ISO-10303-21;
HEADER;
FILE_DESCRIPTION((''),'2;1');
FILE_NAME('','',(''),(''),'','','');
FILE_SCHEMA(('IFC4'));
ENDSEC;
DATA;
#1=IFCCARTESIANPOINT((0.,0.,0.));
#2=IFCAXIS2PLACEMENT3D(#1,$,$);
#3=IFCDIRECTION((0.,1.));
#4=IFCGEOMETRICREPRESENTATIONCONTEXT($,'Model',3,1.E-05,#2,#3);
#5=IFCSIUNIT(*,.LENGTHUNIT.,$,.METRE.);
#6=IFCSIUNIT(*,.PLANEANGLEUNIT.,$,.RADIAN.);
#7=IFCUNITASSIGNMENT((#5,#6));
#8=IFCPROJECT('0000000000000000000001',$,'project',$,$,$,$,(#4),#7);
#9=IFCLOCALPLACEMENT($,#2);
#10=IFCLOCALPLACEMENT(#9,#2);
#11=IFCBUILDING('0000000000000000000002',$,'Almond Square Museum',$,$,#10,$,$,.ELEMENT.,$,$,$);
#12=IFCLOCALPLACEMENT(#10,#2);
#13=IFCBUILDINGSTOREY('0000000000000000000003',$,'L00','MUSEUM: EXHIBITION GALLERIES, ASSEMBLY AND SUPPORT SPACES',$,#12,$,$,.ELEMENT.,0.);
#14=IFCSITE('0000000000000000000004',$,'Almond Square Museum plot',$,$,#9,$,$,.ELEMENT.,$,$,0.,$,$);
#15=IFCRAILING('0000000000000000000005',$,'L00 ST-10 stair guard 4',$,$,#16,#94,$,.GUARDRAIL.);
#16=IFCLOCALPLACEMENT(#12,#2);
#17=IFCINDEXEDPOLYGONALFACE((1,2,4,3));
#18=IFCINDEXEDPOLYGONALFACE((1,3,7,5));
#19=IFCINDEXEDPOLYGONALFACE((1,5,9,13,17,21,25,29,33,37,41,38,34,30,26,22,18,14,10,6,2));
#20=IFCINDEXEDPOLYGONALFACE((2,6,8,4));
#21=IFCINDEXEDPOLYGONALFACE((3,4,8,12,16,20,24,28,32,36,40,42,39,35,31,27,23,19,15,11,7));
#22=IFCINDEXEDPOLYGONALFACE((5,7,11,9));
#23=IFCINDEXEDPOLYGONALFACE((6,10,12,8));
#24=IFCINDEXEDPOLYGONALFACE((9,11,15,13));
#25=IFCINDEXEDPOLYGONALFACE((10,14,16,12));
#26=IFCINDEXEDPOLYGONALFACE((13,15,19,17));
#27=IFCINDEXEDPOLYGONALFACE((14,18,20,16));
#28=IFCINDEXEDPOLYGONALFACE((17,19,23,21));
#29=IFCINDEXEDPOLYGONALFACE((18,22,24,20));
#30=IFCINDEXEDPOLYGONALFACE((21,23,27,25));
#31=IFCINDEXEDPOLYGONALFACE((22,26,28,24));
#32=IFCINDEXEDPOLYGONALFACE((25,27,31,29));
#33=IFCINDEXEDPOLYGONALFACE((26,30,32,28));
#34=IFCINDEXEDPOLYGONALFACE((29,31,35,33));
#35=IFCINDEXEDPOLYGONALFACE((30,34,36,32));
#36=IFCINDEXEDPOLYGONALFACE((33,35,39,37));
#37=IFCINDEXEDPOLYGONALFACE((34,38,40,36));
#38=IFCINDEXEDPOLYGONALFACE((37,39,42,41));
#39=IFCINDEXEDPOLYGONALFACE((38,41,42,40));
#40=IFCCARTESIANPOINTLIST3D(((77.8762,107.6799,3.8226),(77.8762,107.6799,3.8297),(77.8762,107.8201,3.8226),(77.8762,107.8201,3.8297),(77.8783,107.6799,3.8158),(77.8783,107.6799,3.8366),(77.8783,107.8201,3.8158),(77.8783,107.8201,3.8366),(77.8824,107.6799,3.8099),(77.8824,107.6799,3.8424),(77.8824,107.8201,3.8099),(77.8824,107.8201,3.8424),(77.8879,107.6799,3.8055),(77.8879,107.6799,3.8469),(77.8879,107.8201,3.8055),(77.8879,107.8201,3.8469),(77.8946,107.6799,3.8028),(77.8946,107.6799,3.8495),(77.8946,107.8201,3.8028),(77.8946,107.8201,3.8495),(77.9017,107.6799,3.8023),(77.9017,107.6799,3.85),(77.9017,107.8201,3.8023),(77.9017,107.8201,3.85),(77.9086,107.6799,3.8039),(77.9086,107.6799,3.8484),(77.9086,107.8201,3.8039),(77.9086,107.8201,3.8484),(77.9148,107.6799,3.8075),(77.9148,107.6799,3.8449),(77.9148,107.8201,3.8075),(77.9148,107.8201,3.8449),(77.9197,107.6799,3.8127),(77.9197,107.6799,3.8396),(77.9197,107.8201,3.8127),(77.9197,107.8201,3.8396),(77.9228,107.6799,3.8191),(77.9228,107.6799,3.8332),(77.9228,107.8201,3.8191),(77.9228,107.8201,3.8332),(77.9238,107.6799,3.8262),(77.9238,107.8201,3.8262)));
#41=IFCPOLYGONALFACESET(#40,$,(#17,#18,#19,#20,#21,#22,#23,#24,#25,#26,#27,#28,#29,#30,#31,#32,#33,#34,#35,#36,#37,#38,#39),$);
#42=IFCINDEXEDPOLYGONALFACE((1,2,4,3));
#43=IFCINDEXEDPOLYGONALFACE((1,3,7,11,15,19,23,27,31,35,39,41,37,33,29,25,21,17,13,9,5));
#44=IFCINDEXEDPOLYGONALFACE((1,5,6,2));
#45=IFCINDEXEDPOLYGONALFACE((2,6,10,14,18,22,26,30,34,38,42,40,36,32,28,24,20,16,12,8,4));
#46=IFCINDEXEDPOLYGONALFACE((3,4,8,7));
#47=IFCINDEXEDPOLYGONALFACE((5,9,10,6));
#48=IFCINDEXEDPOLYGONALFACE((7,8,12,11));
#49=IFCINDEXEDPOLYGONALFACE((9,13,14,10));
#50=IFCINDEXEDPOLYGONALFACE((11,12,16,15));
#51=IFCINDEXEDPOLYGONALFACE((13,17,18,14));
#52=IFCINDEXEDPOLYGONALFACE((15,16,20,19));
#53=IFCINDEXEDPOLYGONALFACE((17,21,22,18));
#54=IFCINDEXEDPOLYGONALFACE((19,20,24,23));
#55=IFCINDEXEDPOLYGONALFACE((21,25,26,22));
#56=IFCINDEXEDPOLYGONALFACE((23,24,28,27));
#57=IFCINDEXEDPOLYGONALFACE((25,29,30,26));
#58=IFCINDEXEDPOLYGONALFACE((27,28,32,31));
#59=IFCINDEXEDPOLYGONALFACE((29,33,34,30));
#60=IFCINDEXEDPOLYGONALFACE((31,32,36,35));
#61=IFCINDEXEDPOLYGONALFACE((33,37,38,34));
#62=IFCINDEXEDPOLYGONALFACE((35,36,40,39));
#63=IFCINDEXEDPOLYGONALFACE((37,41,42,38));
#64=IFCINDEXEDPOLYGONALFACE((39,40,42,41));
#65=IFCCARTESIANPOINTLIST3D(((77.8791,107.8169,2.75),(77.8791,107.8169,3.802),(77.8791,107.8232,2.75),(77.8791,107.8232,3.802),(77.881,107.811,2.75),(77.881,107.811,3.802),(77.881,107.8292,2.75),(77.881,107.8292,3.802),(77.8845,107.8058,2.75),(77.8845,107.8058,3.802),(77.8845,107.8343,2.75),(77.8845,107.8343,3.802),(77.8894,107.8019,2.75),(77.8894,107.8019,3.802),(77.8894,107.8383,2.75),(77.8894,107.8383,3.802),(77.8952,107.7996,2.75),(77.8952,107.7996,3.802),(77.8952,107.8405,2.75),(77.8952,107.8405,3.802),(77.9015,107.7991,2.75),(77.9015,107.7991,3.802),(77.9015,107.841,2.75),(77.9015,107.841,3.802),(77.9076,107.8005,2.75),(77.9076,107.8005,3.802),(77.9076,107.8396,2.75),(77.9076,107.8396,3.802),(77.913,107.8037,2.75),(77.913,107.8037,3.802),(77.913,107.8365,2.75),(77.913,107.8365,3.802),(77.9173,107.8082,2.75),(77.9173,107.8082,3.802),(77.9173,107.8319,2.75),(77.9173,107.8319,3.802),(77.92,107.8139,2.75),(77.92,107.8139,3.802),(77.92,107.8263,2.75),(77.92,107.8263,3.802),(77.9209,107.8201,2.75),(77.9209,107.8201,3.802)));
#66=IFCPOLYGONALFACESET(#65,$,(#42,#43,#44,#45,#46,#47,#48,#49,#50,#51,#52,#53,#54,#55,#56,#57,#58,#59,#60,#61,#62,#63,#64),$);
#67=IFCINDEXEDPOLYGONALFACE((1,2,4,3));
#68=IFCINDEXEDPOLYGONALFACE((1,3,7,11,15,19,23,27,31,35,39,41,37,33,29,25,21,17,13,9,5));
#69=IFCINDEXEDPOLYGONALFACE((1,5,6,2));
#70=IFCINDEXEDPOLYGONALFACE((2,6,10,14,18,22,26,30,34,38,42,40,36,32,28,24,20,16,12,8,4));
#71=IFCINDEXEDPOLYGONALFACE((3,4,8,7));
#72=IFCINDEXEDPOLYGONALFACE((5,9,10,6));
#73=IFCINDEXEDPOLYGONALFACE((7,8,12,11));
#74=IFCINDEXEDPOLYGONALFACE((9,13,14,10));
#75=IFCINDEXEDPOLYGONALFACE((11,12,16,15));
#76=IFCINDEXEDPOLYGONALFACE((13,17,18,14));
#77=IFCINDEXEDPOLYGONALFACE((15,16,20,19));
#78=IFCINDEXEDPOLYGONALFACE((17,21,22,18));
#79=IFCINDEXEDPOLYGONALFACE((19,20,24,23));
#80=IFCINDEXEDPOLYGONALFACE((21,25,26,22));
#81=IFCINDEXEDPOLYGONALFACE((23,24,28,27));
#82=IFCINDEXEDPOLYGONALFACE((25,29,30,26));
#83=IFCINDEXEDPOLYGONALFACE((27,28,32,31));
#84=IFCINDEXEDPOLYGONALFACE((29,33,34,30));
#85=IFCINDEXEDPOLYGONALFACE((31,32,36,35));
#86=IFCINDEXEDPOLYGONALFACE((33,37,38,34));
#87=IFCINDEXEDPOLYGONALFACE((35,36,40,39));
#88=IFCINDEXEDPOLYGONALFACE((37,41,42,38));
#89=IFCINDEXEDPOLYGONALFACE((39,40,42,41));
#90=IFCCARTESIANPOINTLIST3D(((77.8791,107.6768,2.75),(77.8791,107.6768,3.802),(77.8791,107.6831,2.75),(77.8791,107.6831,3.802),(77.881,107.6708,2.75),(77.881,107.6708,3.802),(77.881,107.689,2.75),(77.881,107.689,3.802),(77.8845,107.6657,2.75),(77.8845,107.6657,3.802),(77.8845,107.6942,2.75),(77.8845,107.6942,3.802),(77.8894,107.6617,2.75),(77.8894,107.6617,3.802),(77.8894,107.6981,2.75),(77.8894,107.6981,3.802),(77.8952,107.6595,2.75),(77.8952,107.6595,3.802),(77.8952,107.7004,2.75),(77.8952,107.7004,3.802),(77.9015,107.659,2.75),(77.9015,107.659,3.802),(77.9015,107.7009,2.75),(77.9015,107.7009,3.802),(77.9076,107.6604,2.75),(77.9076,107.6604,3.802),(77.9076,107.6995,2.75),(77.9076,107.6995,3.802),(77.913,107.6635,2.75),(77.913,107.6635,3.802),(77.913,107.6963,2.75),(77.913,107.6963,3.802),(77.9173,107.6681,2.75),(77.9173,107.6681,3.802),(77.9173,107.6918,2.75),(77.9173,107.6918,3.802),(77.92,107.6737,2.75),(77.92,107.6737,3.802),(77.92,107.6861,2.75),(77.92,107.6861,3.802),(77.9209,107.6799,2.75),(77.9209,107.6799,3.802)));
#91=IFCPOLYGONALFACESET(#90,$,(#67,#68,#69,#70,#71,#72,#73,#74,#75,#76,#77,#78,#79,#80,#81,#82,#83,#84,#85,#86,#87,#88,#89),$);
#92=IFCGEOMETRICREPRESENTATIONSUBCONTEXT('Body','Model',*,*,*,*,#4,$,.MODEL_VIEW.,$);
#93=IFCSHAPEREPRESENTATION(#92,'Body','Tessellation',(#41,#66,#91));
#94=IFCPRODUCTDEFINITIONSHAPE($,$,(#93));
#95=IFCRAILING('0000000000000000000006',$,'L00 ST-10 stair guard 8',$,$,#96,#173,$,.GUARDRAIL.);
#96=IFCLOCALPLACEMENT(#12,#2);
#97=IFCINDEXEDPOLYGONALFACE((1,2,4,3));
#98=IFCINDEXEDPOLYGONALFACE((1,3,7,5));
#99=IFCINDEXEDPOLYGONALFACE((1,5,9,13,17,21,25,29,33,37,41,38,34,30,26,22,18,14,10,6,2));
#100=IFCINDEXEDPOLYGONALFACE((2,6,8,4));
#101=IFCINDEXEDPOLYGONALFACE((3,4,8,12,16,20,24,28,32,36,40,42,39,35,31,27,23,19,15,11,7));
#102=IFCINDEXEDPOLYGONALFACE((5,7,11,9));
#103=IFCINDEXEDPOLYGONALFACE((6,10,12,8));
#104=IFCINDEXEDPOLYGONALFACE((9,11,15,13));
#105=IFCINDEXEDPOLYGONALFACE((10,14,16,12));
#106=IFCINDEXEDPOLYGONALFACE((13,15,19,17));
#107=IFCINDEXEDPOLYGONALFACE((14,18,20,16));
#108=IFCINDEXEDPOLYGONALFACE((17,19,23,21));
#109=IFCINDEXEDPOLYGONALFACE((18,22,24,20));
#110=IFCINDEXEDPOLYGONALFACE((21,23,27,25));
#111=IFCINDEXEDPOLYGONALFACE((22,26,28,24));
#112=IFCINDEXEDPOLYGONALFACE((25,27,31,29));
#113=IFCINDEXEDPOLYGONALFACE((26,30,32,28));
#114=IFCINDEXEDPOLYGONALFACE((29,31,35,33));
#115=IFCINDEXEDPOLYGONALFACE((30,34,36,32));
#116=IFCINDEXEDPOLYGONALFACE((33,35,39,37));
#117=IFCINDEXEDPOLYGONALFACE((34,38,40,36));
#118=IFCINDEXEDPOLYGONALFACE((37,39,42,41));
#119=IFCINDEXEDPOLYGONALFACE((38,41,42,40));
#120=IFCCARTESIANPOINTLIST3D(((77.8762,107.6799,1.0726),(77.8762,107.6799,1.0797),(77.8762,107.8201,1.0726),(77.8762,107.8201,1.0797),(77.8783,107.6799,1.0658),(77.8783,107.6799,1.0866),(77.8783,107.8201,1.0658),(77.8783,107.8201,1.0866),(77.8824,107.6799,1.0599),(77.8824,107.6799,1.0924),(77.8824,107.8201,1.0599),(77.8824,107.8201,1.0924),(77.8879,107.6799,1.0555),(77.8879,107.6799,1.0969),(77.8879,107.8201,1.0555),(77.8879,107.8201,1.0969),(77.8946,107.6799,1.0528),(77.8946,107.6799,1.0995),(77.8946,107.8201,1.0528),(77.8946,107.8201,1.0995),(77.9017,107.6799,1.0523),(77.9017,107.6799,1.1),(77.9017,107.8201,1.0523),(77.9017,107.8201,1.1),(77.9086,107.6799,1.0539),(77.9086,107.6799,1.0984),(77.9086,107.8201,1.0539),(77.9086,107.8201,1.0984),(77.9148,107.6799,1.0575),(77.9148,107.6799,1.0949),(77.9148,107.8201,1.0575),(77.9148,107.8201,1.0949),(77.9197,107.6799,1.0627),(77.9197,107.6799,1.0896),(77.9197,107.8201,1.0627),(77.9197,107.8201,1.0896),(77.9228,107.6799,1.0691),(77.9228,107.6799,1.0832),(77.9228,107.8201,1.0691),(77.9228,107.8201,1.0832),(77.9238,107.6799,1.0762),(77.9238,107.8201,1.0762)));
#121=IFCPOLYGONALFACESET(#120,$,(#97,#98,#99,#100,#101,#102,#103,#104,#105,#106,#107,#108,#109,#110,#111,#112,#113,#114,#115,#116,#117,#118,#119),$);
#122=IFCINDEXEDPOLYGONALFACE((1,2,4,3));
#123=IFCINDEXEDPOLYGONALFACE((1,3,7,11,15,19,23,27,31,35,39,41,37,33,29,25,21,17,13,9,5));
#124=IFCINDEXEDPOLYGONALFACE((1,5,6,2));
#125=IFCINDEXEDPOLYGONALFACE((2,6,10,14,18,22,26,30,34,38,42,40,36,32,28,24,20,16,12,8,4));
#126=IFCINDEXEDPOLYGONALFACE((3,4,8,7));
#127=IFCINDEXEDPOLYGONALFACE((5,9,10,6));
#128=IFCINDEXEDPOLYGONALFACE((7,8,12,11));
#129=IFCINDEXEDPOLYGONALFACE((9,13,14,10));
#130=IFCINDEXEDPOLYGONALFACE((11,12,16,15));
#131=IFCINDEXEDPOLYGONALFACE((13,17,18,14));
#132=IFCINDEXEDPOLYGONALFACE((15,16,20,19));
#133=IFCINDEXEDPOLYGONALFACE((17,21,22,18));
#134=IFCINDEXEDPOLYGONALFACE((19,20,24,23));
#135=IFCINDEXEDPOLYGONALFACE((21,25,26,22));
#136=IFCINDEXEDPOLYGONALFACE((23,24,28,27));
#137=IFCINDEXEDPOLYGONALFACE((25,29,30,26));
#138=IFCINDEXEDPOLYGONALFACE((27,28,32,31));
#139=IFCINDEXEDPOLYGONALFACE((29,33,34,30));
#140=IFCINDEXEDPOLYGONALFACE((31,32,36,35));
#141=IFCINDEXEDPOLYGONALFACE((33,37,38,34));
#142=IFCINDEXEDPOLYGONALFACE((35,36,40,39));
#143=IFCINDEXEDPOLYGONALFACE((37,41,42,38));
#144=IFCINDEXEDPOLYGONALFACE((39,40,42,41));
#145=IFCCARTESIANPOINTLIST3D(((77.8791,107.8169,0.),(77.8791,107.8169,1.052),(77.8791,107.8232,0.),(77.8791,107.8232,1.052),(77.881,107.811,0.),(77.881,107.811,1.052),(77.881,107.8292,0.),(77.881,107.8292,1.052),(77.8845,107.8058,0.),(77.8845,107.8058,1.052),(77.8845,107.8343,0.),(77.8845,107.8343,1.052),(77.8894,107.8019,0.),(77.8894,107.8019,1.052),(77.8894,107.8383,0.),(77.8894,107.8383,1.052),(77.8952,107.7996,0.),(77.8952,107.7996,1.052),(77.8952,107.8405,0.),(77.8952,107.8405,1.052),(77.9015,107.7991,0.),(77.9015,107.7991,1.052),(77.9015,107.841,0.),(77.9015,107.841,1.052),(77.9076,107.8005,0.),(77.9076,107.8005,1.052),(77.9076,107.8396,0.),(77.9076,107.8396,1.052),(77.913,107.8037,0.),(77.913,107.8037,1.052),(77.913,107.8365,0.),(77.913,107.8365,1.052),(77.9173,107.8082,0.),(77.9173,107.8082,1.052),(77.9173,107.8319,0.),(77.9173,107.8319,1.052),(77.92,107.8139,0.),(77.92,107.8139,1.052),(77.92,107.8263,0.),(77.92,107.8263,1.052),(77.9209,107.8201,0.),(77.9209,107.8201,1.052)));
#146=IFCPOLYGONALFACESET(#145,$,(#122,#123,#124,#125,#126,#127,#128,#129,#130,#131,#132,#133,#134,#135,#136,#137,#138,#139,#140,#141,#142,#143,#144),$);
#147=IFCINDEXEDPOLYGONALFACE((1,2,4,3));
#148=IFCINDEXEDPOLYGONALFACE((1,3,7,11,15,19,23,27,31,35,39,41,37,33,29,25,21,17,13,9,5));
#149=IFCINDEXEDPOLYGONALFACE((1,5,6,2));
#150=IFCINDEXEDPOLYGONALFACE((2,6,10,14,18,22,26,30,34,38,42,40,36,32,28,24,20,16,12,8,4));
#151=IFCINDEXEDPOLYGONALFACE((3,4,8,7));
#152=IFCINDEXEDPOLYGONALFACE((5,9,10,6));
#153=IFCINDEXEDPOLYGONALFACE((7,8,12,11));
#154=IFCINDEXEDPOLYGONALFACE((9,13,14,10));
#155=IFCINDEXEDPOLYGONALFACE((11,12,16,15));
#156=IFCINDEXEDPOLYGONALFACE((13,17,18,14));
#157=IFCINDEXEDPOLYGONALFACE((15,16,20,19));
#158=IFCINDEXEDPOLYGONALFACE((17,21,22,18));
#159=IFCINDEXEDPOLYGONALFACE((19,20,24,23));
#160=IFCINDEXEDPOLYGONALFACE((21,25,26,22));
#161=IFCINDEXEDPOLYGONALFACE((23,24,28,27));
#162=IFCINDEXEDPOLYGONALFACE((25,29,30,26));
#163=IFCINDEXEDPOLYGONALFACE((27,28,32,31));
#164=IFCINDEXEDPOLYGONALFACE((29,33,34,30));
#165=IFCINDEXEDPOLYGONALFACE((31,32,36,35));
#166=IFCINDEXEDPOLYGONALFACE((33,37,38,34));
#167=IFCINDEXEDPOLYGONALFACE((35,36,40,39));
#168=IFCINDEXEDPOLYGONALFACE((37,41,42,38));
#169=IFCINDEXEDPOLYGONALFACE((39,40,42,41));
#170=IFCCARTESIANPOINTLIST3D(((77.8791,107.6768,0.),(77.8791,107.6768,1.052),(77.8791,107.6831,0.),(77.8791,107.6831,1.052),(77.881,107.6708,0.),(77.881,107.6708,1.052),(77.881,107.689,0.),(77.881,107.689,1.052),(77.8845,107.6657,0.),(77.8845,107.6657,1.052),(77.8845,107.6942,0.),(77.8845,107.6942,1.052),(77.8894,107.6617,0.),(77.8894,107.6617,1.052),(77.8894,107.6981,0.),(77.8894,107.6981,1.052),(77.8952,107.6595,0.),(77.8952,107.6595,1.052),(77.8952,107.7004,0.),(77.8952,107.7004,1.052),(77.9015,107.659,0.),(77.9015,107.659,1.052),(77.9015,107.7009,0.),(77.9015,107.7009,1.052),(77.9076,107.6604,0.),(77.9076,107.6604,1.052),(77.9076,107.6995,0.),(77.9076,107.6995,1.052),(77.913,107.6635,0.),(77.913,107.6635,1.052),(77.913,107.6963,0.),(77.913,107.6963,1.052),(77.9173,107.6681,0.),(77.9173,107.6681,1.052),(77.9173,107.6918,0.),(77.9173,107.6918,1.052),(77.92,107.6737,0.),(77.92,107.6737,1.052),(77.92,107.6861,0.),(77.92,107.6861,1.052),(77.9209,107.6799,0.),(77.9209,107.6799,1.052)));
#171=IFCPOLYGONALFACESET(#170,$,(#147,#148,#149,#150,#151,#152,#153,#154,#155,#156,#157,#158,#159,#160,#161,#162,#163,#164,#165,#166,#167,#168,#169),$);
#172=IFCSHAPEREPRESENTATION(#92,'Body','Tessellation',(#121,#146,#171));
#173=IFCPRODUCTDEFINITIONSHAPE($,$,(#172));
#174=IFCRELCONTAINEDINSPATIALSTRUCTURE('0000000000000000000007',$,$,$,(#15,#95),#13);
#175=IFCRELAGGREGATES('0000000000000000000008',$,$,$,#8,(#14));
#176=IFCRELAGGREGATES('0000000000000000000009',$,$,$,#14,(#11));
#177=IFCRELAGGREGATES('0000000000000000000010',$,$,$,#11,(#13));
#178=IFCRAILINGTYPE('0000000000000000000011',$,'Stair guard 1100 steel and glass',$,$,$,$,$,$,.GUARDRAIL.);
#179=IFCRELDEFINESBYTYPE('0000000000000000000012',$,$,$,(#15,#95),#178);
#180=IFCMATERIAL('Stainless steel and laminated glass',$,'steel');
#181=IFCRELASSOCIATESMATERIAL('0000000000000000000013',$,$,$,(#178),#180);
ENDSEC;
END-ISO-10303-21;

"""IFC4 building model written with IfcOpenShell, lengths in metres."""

from ifc_helpers import new_model, si_unit, direction, frame, origin, origin_2d, place, context, subcontext, project, spatial, circle, extrude, material, type_object, element, save


model = new_model("IFC4")

# Units and contexts
model_context = context("Model", 3, precision=1e-05, world=origin(), true_north=direction((0.0, 1.0)))
body_context = subcontext(model_context, "Body", "Model", "MODEL_VIEW")
ifc_project = project(units=[si_unit("LENGTHUNIT", "METRE"), si_unit("PLANEANGLEUNIT", "RADIAN")], contexts=[model_context])

# Site, building, storey
site_placement = place(None, origin())
site = spatial("IfcSite", under=ifc_project, at=site_placement, Name="Almond Square Museum plot", CompositionType="ELEMENT", RefElevation=0.0)
building_placement = place(site_placement, origin())
building = spatial("IfcBuilding", under=site, at=building_placement, Name="Almond Square Museum", CompositionType="ELEMENT")
storey_placement = place(building_placement, origin())
storey = spatial("IfcBuildingStorey", under=building, at=storey_placement, Name="L00", Description="MUSEUM: EXHIBITION GALLERIES, ASSEMBLY AND SUPPORT SPACES", CompositionType="ELEMENT", Elevation=0.0)

# Railings
ifc_material_1 = material(Name="Stainless steel and laminated glass", Category="steel")
railing_type_1 = type_object("IfcRailingType", Name="Stair guard 1100 steel and glass", PredefinedType="GUARDRAIL", material=ifc_material_1)
for number, where, name in (
    (1, (77.8999, 107.8201, 2.75), "L00 ST-10 stair guard 4"),
    (2, (77.8999, 107.8201, 0.0), "L00 ST-10 stair guard 8"),
):
    element("IfcRailing", number, at=place(storey_placement, frame(where)), inside=storey, type_object=railing_type_1, Name=name, PredefinedType="GUARDRAIL", context=body_context, shape_type="SweptSolid", body=[
        extrude(circle(Radius=0.0239, at=origin_2d()), frame((0.0, 0.0, 1.0762), z_axis=(0.0, -1.0, 0.0), x_axis=(1.0, 0.0, 0.0)), (0.0, 0.0, 1.0), 0.1401),
        extrude(circle(Radius=0.021, at=origin_2d()), origin(), (0.0, 0.0, 1.0), 1.052),
        extrude(circle(Radius=0.021, at=origin_2d()), frame((0.0, -0.1401, 0.0)), (0.0, 0.0, 1.0), 1.052),
    ])

save(model, "model.ifc")
